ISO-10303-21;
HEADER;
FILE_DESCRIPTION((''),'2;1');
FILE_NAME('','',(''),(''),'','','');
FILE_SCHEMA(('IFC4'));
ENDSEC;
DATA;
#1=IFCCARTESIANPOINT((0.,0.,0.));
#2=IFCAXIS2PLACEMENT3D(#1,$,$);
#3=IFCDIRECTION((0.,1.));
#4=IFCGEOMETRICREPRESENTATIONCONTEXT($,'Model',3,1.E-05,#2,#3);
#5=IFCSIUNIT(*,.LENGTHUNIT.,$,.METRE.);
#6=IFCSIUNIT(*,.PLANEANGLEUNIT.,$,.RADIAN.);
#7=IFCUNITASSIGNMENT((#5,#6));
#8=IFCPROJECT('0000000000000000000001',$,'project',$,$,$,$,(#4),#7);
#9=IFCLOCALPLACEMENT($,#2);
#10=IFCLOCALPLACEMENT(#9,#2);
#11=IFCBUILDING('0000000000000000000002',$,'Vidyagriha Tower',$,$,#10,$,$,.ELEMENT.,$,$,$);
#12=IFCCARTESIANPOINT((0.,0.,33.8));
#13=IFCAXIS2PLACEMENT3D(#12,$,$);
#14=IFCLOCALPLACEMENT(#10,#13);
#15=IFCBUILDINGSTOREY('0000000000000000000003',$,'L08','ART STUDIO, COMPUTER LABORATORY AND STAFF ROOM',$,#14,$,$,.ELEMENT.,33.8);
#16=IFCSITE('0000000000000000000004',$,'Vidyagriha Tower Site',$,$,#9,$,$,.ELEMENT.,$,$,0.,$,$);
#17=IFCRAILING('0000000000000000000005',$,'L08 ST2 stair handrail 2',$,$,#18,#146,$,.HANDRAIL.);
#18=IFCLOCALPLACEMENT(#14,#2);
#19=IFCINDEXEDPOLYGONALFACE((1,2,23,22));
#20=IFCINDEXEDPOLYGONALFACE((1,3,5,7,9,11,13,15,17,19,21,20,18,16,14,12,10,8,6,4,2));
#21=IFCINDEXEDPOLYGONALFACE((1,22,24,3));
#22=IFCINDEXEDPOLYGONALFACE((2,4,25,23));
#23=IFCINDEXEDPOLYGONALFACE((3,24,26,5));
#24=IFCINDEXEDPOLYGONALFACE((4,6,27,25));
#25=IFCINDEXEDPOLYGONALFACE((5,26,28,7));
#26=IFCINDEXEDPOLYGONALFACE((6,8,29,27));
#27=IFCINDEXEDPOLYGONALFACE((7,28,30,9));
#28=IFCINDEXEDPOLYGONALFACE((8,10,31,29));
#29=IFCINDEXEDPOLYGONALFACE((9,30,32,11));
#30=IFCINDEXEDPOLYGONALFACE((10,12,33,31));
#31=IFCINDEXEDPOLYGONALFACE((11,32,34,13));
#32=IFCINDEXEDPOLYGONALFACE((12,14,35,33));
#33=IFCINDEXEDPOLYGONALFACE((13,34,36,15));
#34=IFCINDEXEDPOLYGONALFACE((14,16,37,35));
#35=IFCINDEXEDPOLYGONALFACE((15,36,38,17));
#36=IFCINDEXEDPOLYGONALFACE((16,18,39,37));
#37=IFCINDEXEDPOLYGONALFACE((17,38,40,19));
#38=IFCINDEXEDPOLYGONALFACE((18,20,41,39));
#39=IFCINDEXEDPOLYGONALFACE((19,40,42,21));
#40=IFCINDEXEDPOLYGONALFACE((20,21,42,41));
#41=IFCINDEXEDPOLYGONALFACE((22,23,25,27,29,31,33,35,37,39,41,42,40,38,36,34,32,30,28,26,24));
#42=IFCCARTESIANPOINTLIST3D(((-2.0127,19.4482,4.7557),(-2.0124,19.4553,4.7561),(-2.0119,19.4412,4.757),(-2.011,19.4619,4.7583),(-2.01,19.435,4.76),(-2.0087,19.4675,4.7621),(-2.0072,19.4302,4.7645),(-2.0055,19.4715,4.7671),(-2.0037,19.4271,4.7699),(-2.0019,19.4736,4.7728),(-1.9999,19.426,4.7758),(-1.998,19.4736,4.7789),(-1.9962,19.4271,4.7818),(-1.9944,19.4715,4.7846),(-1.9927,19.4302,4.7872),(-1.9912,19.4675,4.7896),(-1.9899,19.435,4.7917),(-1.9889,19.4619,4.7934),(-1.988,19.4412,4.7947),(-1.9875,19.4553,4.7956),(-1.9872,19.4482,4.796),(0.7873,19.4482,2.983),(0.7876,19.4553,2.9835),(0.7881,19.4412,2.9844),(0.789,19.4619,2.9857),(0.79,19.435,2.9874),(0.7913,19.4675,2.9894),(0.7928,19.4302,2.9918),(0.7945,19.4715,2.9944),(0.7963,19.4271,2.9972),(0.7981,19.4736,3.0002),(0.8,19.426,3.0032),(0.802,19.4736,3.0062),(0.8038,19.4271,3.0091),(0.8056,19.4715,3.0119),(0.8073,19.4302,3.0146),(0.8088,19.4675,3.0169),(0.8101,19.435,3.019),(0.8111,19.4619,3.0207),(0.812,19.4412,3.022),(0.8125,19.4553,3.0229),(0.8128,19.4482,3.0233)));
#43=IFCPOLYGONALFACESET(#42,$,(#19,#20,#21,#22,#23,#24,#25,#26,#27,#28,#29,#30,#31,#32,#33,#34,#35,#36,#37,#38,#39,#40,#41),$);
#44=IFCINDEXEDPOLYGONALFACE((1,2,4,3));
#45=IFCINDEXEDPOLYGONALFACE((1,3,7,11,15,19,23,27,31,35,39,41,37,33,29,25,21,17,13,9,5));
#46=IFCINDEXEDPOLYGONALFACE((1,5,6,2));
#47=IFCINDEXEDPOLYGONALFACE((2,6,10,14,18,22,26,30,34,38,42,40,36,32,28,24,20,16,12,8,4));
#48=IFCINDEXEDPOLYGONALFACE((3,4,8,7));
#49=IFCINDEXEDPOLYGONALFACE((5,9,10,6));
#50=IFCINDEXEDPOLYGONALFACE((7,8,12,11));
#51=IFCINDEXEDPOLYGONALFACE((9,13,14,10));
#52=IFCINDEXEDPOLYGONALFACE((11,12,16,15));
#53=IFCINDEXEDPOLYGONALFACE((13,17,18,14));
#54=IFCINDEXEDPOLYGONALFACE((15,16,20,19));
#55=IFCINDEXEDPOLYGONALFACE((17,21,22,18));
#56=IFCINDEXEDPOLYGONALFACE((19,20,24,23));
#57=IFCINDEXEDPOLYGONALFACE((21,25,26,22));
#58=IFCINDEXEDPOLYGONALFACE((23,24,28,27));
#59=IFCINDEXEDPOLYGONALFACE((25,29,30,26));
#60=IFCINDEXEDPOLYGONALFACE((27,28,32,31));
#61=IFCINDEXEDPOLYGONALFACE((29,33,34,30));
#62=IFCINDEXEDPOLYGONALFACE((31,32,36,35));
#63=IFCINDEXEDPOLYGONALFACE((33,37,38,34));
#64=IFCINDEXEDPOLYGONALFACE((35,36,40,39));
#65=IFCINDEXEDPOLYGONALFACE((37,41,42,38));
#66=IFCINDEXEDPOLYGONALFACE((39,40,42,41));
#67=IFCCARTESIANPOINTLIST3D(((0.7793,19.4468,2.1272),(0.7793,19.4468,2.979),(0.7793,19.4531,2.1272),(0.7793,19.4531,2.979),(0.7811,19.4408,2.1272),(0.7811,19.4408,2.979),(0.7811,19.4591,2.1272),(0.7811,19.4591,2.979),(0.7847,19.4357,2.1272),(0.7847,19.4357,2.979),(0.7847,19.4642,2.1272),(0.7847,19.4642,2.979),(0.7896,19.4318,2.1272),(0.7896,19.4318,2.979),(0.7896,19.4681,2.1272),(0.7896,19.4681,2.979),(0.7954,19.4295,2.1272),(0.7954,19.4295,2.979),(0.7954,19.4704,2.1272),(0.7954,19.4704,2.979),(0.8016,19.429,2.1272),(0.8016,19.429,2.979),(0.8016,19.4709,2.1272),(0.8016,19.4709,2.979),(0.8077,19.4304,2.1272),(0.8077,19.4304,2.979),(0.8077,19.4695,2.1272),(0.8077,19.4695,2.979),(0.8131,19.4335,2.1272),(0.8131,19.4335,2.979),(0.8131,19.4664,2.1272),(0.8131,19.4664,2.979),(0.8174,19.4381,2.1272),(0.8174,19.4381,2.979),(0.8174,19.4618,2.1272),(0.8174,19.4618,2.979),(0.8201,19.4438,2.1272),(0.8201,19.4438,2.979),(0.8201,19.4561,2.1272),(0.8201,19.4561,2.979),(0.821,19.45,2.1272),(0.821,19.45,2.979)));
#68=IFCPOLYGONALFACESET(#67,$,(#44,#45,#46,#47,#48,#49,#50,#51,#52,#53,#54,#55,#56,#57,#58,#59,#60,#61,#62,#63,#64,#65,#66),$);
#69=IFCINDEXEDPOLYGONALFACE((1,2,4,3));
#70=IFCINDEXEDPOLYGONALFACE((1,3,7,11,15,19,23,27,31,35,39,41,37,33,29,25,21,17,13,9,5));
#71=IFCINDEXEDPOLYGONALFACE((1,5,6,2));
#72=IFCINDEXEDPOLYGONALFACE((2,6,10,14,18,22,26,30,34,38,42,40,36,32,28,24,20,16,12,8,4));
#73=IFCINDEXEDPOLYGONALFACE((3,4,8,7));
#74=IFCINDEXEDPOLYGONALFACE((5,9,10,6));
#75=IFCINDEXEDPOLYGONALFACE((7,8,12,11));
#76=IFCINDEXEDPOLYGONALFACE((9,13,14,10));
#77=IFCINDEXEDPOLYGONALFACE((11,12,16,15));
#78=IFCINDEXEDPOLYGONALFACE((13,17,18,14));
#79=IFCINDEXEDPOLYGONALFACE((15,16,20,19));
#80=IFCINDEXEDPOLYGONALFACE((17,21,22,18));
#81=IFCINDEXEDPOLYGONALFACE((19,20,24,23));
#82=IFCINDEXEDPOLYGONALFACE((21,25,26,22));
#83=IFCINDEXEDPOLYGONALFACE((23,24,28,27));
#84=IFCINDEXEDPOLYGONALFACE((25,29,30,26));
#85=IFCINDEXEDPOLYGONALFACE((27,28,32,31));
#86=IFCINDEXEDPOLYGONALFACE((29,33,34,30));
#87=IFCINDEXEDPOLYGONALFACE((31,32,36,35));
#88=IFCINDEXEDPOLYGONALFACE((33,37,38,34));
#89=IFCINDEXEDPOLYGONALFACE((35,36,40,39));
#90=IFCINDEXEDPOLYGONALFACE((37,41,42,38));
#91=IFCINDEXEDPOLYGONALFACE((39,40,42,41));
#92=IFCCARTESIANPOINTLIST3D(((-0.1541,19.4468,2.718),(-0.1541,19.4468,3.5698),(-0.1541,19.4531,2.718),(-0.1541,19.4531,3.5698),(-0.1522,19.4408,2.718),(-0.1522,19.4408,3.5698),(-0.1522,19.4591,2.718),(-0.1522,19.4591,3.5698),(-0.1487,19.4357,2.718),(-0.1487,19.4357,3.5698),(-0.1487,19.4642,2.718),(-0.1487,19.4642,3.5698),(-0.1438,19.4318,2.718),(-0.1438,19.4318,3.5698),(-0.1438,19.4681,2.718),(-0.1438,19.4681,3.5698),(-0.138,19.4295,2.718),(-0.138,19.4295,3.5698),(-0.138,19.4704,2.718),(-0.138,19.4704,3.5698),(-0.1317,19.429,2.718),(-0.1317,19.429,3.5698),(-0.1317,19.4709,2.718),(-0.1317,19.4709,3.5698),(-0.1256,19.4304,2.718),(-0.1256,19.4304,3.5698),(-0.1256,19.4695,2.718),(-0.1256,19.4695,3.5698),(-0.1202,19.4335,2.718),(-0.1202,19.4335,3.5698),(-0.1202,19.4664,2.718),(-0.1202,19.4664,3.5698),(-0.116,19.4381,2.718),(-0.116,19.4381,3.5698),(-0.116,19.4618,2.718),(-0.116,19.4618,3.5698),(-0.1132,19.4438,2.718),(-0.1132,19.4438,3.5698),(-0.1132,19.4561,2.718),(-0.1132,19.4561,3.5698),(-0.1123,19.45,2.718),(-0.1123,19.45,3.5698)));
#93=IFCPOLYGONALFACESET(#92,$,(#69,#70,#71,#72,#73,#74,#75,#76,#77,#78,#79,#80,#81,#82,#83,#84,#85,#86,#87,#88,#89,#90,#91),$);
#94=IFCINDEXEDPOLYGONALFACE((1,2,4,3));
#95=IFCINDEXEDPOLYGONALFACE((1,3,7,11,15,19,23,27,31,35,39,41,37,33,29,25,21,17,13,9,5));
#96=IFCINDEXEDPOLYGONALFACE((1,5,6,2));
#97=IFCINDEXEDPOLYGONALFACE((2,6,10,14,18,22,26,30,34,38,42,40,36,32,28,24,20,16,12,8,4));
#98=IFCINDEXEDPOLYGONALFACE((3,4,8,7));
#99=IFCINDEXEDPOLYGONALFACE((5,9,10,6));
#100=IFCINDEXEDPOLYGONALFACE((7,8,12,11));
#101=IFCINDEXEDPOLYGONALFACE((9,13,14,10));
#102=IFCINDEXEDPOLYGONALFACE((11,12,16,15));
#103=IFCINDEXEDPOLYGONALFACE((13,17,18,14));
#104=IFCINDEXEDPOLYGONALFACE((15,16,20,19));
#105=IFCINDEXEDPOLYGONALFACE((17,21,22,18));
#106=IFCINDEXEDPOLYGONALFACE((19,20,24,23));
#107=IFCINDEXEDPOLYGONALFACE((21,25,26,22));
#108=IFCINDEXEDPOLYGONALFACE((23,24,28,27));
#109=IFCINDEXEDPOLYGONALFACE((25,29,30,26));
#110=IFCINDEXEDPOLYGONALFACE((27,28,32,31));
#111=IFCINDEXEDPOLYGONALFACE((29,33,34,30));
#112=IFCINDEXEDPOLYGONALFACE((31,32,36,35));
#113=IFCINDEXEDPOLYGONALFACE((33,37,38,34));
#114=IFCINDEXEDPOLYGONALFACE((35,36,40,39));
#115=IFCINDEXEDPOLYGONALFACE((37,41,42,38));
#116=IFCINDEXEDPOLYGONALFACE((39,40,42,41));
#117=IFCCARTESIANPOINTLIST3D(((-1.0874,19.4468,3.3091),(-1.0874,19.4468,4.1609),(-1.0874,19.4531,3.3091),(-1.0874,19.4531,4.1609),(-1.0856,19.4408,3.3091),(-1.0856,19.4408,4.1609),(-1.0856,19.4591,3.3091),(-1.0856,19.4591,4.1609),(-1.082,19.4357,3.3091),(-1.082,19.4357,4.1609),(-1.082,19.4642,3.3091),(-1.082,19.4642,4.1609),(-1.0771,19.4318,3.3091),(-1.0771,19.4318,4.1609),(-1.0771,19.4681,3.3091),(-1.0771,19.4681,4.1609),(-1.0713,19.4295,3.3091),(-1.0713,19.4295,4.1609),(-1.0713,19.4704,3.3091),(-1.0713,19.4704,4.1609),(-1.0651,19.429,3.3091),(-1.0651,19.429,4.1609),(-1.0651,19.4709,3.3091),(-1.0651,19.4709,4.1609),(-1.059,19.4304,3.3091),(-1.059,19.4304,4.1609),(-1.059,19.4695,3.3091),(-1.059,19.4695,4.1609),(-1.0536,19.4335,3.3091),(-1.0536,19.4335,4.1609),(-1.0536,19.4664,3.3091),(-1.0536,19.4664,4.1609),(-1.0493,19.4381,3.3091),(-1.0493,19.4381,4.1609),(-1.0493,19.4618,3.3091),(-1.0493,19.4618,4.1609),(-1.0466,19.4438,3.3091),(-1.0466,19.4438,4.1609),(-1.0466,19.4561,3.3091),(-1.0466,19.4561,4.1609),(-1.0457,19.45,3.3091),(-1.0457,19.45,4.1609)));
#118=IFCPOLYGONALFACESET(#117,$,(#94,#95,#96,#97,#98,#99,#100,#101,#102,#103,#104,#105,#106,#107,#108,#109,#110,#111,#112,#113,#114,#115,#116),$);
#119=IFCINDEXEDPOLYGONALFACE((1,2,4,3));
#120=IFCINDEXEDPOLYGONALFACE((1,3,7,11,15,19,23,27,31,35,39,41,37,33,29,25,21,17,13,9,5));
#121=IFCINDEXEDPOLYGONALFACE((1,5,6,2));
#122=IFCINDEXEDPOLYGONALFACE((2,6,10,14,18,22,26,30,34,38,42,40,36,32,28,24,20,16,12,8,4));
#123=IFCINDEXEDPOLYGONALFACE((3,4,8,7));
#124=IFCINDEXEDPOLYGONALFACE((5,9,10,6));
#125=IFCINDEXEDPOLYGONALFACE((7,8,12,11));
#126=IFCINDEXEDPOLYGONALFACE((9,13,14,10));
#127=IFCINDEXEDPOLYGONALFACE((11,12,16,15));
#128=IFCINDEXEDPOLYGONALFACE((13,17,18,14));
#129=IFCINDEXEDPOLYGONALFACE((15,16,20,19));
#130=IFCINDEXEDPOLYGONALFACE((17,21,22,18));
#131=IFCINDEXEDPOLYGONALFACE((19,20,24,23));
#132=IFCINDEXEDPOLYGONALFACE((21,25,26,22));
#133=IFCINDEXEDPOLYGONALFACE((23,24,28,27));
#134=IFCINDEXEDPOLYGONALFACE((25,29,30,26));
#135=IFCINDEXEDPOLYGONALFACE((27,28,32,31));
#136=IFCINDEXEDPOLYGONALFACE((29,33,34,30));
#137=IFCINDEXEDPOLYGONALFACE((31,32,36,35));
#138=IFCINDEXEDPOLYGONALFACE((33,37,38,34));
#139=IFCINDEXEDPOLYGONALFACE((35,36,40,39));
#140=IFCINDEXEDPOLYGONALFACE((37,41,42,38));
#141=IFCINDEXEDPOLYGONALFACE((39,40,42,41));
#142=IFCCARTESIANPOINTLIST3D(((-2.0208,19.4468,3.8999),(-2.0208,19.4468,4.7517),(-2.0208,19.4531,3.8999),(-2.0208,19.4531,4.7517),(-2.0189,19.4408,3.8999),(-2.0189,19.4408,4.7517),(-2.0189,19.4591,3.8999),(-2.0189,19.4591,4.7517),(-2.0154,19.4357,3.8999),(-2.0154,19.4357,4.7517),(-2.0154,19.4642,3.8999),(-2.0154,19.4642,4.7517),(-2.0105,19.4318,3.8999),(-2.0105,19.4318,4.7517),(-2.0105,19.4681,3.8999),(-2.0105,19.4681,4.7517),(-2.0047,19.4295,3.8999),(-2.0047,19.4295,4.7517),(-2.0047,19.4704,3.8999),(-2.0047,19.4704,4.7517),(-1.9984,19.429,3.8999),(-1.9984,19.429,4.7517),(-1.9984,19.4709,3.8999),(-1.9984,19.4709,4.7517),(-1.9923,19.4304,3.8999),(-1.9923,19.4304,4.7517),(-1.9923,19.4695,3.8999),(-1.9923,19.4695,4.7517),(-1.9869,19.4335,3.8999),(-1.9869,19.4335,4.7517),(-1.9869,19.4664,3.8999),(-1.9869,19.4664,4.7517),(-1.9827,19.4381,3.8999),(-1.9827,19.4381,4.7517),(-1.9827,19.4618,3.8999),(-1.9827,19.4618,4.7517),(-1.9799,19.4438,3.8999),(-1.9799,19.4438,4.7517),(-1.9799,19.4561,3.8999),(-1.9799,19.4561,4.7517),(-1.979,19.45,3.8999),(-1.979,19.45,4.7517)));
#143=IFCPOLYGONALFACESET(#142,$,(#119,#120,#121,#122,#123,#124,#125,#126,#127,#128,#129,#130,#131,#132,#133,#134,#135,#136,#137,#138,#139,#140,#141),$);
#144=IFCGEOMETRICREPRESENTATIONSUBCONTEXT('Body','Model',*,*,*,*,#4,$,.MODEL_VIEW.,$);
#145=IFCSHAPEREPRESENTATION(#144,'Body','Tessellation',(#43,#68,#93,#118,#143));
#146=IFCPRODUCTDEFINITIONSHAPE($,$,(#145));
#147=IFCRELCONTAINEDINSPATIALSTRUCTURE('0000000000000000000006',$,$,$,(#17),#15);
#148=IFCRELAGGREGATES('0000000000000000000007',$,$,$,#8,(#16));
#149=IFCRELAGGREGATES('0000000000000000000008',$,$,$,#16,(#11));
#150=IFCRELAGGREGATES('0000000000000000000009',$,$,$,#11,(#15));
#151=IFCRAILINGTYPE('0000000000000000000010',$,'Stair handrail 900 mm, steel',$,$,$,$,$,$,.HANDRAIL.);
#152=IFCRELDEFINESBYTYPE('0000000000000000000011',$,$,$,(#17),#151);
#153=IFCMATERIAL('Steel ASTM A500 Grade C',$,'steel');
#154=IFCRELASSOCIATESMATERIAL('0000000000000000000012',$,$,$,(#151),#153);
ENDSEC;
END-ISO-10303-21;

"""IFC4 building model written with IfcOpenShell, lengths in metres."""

from ifc_helpers import new_model, si_unit, direction, frame, origin, origin_2d, place, context, subcontext, project, spatial, circle, extrude, material, type_object, element, save


model = new_model("IFC4")

# Units and contexts
model_context = context("Model", 3, precision=1e-05, world=origin(), true_north=direction((0.0, 1.0)))
body_context = subcontext(model_context, "Body", "Model", "MODEL_VIEW")
ifc_project = project(units=[si_unit("LENGTHUNIT", "METRE"), si_unit("PLANEANGLEUNIT", "RADIAN")], contexts=[model_context])

# Site, building, storey
site_placement = place(None, origin())
site = spatial("IfcSite", under=ifc_project, at=site_placement, Name="Vidyagriha Tower Site", CompositionType="ELEMENT", RefElevation=0.0)
building_placement = place(site_placement, origin())
building = spatial("IfcBuilding", under=site, at=building_placement, Name="Vidyagriha Tower", CompositionType="ELEMENT")
storey_placement = place(building_placement, frame((0.0, 0.0, 33.8)))
storey = spatial("IfcBuildingStorey", under=building, at=storey_placement, Name="L08", Description="ART STUDIO, COMPUTER LABORATORY AND STAFF ROOM", CompositionType="ELEMENT", Elevation=33.8)

# Railing
ifc_material_1 = material(Name="Steel ASTM A500 Grade C", Category="steel")
railing_type_1 = type_object("IfcRailingType", Name="Stair handrail 900 mm, steel", PredefinedType="HANDRAIL", material=ifc_material_1)
railing_1_placement = place(storey_placement, frame((0.8, 19.45, 2.1272)))
element("IfcRailing", 1, at=railing_1_placement, inside=storey, type_object=railing_type_1, Name="L08 ST2 stair handrail 2", PredefinedType="HANDRAIL", context=body_context, shape_type="SweptSolid", body=[
    extrude(circle(Radius=0.0239, at=origin_2d()), frame((0.0, 0.0, 0.876), z_axis=(-0.844909, 0.0, 0.53491), x_axis=(0.0, -1.0, 0.0)), (0.0, 0.0, 1.0), 3.314),
    extrude(circle(Radius=0.021, at=origin_2d()), origin(), (0.0, 0.0, 1.0), 0.8518),
    extrude(circle(Radius=0.021, at=origin_2d()), frame((-0.9333, 0.0, 0.5908)), (0.0, 0.0, 1.0), 0.8518),
    extrude(circle(Radius=0.021, at=origin_2d()), frame((-1.8667, 0.0, 1.1819)), (0.0, 0.0, 1.0), 0.8518),
    extrude(circle(Radius=0.021, at=origin_2d()), frame((-2.8, 0.0, 1.7727)), (0.0, 0.0, 1.0), 0.8518),
])

save(model, "model.ifc")
